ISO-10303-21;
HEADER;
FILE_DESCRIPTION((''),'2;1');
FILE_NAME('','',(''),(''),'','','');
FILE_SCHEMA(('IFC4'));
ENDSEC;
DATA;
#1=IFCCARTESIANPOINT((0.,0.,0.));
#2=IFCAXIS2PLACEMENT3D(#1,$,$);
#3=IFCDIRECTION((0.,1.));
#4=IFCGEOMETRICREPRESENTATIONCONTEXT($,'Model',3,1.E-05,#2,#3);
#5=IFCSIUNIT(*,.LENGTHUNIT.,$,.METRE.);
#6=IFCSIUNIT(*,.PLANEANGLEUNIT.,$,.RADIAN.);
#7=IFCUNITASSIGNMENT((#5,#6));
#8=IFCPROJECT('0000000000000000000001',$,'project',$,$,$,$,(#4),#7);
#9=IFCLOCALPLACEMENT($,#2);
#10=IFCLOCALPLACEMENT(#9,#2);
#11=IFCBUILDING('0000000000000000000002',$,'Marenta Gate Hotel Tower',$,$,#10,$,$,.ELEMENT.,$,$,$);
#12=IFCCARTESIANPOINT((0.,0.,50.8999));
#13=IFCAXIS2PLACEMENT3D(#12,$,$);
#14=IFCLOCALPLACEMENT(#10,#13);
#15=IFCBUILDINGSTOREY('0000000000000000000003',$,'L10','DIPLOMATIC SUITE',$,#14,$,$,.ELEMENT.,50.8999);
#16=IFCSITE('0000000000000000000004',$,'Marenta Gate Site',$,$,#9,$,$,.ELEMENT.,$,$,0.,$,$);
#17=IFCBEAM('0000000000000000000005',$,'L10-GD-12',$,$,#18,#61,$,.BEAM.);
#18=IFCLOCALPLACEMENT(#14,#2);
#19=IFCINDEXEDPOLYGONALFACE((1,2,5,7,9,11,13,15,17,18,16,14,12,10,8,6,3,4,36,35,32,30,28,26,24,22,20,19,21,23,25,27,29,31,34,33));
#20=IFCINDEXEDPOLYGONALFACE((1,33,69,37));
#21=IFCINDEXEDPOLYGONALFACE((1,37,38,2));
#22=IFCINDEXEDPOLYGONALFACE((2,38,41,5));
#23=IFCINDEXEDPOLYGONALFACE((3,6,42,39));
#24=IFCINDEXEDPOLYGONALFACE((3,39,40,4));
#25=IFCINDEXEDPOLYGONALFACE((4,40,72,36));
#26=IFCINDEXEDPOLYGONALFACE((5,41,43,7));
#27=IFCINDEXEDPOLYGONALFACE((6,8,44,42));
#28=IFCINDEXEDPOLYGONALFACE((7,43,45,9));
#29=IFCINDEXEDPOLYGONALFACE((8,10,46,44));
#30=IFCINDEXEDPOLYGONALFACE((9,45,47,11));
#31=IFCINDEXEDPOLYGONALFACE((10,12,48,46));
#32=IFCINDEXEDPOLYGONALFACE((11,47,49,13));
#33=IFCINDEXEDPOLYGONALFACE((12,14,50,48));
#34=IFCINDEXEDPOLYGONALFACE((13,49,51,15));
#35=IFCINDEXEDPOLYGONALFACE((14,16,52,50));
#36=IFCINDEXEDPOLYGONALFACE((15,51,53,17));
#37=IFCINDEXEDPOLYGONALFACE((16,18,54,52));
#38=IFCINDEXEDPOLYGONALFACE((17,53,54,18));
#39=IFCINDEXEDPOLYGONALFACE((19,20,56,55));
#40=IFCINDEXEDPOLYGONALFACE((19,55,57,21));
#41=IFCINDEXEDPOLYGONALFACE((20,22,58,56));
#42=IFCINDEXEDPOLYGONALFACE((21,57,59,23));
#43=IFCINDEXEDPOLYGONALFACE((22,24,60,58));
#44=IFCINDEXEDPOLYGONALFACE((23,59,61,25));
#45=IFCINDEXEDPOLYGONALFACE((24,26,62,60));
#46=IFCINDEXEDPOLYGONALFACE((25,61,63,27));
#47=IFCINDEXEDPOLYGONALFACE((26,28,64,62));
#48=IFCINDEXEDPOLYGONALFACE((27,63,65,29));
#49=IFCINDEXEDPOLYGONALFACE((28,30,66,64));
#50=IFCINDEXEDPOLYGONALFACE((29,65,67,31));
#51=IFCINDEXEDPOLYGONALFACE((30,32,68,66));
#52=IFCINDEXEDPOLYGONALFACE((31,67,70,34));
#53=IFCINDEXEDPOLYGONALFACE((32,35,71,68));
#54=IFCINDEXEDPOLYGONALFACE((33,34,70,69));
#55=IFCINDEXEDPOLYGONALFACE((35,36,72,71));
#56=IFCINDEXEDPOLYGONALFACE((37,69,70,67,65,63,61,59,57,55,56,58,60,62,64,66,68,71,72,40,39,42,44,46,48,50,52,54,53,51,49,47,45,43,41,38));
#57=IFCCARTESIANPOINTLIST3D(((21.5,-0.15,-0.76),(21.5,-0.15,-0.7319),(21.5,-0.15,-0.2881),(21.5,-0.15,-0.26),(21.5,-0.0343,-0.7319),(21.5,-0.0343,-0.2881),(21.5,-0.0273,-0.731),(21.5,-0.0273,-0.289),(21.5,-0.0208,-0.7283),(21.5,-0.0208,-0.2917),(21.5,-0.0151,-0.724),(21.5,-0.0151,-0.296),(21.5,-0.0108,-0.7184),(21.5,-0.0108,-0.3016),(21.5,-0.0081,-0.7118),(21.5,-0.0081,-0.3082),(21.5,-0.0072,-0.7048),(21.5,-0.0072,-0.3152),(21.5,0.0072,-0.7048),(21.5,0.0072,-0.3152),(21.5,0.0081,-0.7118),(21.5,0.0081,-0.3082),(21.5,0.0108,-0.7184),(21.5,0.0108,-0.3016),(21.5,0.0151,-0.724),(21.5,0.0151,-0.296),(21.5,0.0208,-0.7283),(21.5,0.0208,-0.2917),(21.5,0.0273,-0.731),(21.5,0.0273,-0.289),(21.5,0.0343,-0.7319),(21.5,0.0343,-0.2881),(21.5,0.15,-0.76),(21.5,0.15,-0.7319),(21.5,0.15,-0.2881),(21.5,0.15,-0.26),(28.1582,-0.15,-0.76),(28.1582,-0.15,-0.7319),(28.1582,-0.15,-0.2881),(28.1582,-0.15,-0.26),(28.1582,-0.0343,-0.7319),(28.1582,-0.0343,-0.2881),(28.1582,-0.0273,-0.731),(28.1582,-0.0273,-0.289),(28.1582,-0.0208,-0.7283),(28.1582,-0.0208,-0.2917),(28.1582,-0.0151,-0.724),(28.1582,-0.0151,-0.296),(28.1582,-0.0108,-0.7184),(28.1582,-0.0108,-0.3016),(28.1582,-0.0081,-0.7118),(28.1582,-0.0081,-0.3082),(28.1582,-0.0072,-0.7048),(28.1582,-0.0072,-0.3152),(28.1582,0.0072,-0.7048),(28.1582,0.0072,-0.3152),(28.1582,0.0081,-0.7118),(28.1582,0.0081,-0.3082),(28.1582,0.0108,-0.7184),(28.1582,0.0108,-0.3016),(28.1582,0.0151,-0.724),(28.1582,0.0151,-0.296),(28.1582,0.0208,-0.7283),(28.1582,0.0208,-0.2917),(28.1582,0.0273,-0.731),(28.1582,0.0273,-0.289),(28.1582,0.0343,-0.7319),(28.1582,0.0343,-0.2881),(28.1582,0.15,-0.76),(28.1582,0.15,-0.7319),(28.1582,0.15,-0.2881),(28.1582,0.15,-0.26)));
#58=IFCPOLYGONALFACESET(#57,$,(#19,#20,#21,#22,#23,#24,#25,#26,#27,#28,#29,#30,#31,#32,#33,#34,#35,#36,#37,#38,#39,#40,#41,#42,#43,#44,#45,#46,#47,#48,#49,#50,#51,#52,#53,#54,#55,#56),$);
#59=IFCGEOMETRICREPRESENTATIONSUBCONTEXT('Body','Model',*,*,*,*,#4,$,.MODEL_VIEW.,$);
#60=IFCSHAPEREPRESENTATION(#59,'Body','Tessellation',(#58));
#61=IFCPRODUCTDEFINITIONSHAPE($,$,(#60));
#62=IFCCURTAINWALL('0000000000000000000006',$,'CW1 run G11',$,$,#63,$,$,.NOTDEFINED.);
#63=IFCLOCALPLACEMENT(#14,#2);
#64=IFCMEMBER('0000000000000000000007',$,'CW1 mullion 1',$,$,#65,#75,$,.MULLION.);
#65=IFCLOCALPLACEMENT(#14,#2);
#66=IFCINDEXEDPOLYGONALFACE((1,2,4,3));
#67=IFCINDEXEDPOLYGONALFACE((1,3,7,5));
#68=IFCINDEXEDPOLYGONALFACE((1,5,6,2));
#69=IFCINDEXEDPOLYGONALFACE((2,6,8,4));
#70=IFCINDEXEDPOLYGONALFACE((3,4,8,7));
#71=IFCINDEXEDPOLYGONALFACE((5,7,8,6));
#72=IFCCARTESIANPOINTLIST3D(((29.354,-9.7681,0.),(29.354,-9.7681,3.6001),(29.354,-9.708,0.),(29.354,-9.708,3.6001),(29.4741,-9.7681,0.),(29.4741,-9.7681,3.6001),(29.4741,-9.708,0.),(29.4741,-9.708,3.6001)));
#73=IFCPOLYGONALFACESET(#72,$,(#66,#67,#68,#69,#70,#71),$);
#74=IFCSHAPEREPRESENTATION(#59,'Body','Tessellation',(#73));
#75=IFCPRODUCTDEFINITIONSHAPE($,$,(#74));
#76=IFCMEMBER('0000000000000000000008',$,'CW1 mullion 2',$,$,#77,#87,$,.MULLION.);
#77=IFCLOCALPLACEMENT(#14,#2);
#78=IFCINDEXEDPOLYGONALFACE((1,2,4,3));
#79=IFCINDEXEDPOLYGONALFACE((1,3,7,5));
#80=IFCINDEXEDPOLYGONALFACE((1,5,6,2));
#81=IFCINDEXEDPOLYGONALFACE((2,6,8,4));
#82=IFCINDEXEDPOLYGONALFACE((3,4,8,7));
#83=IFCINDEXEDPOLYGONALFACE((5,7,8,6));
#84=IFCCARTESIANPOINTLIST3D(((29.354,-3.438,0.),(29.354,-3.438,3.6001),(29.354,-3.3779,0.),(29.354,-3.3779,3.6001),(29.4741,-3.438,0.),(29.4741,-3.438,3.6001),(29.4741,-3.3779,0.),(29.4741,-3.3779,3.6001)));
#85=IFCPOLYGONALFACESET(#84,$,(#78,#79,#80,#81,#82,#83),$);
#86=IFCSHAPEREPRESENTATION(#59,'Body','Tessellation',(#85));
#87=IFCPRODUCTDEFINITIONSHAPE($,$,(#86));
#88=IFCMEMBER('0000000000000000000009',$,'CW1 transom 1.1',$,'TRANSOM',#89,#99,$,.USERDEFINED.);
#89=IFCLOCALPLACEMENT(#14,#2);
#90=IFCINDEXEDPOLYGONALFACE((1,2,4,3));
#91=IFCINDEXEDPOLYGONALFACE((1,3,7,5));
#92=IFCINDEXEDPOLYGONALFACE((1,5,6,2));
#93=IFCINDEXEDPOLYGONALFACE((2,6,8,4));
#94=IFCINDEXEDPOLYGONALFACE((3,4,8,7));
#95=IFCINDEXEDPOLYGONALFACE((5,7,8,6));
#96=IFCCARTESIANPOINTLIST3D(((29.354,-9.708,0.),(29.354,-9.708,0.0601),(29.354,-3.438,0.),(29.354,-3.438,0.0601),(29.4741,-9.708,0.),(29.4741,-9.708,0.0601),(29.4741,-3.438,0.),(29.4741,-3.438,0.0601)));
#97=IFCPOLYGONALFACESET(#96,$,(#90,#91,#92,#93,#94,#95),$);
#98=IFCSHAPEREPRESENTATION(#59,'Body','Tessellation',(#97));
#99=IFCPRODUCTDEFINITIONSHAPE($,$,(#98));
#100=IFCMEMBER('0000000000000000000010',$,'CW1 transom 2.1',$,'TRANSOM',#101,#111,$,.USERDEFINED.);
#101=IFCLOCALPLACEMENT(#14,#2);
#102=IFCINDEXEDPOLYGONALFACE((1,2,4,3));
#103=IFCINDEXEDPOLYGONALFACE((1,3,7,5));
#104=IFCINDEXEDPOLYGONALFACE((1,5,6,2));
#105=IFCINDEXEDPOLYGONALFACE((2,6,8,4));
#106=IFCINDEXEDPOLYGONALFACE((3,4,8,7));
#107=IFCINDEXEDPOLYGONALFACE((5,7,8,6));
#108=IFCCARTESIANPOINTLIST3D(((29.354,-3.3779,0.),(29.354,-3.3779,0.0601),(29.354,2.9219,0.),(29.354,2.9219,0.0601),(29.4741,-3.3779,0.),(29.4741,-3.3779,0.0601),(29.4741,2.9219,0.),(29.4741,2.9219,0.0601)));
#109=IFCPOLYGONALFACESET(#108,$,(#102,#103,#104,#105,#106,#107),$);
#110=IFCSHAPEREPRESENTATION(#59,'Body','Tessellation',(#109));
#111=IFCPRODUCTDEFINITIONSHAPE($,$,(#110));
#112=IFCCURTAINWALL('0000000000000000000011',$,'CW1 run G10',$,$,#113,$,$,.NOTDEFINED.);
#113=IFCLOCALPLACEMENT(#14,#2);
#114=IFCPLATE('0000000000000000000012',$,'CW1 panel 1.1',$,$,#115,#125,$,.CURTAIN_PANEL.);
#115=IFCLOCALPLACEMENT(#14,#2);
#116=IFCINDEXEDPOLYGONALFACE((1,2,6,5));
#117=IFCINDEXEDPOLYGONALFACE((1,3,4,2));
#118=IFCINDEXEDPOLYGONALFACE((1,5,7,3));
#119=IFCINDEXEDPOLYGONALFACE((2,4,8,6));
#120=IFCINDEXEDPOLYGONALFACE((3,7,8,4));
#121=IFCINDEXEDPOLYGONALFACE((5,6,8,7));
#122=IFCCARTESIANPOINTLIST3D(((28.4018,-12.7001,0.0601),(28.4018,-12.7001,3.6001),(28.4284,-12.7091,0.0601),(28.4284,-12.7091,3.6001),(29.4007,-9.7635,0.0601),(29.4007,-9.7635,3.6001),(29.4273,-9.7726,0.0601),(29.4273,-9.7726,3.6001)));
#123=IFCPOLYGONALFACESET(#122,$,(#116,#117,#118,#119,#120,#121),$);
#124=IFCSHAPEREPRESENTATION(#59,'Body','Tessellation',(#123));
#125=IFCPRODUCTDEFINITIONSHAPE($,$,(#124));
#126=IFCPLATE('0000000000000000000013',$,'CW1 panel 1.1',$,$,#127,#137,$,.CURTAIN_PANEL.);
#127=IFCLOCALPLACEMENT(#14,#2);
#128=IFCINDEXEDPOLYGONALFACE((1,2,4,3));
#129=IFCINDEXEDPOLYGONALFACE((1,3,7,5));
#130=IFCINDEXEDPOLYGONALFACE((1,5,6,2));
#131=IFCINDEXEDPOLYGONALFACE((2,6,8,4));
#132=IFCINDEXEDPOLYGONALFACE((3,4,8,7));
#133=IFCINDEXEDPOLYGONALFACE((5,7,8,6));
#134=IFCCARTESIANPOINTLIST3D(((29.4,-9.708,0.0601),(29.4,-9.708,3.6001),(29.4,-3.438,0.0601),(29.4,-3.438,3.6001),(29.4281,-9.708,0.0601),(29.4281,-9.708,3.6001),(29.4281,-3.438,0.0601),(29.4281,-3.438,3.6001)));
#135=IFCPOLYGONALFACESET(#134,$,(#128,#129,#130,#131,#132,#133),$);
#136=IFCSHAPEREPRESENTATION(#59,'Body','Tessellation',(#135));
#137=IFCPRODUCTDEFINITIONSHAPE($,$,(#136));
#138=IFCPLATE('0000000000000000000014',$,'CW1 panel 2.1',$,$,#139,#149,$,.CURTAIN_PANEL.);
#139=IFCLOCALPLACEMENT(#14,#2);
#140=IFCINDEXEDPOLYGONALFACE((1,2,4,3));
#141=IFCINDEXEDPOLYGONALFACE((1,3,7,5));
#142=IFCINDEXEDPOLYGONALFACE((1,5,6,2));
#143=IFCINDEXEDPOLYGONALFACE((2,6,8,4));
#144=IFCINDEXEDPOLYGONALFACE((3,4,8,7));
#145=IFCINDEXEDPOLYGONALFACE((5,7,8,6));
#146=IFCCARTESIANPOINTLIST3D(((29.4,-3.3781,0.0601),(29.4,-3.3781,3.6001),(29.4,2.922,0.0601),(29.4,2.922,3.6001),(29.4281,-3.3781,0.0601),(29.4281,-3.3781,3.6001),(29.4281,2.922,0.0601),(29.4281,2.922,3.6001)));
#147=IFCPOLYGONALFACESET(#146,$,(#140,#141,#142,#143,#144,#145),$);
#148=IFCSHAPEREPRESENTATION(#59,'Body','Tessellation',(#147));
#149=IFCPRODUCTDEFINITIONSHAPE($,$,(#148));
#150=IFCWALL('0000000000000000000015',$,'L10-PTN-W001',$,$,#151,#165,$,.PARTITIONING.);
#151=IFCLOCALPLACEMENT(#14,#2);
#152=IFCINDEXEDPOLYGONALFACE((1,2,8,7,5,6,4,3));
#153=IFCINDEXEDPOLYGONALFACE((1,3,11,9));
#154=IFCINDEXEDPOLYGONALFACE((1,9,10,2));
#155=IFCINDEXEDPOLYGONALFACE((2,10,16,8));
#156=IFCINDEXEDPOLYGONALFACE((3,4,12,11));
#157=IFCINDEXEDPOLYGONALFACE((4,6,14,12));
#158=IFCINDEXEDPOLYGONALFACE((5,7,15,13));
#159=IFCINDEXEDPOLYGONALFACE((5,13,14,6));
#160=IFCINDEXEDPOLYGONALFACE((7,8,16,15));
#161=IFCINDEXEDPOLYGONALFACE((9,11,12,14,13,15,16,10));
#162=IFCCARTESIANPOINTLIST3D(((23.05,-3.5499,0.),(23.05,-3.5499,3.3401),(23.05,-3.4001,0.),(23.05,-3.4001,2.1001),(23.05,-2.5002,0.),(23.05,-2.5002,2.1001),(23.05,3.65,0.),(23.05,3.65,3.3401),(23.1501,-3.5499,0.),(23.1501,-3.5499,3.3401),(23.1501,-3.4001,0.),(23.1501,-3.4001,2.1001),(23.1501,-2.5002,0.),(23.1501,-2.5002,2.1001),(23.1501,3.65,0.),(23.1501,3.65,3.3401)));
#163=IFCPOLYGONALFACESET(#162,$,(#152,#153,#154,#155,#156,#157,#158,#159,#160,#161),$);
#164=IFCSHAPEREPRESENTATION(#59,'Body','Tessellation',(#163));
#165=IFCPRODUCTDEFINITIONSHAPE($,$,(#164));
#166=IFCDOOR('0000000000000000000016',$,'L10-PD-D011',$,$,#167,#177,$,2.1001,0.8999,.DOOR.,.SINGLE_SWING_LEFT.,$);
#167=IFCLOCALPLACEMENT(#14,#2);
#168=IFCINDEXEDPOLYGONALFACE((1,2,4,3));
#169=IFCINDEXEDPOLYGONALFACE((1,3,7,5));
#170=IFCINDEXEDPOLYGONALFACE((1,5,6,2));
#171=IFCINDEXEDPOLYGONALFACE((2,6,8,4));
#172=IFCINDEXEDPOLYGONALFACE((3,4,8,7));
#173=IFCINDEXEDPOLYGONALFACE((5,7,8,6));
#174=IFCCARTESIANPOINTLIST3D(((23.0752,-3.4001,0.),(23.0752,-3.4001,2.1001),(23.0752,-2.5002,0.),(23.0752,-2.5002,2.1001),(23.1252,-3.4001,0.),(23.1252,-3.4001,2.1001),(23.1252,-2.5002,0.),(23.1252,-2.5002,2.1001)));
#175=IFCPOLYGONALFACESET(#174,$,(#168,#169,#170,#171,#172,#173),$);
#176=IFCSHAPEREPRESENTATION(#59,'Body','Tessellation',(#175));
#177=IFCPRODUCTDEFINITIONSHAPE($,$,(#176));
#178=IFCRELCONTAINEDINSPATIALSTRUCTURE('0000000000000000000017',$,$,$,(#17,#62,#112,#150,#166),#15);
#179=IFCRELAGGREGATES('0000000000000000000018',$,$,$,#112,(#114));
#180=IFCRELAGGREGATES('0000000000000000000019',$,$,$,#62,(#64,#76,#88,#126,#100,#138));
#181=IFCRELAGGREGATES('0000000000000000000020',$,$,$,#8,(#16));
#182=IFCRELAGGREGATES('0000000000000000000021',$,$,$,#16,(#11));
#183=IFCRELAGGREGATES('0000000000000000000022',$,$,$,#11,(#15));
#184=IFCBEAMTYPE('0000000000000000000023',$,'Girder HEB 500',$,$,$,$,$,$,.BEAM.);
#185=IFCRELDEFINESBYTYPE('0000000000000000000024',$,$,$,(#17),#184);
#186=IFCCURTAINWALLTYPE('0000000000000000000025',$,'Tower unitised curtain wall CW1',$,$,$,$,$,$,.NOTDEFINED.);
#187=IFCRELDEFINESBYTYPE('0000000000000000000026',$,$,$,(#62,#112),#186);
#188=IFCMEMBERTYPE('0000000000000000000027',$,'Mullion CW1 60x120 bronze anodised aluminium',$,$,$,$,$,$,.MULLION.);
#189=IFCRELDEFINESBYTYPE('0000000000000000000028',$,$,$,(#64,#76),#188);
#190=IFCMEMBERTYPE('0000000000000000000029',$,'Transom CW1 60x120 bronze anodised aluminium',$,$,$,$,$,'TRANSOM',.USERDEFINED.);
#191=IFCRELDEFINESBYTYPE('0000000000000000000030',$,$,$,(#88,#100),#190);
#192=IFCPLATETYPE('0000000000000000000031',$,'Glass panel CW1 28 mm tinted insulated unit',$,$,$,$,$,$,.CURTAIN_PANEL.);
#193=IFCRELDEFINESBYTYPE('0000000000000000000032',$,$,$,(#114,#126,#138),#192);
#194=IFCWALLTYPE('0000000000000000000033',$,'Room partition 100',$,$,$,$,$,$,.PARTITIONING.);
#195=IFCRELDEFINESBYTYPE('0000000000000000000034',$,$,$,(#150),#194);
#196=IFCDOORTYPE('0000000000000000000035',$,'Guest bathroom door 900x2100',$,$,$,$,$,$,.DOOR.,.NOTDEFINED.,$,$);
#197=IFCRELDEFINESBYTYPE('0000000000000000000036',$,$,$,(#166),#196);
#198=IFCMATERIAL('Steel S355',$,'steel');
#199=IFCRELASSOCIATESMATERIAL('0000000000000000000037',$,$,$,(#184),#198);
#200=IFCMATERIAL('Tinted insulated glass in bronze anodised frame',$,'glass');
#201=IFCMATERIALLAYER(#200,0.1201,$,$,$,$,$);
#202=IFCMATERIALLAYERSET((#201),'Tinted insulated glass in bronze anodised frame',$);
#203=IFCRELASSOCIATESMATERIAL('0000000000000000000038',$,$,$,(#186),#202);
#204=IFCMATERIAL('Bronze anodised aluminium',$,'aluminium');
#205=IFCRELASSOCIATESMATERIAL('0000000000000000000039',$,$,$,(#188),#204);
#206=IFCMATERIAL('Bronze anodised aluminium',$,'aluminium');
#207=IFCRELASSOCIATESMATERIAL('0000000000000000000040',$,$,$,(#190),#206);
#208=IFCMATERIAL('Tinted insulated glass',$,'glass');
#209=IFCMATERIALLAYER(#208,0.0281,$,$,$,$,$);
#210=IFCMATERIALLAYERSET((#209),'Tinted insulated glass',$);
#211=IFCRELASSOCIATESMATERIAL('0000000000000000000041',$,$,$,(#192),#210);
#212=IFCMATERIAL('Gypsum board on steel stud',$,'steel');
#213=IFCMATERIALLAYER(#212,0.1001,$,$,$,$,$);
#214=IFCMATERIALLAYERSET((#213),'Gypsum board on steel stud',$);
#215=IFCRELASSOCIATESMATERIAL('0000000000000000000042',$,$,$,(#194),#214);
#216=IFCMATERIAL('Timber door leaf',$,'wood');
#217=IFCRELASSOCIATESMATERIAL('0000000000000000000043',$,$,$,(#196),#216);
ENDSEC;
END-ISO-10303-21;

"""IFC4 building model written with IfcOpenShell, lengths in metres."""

from ifc_helpers import new_model, si_unit, direction, frame, frame_2d, origin, origin_2d, place, context, subcontext, project, spatial, rectangle, i_section, extrude, material, layer, layer_set, material_profile, profile_set, type_object, element, fill, aggregate, save


model = new_model("IFC4")

# Units and contexts
model_context = context("Model", 3, precision=1e-05, world=origin(), true_north=direction((0.0, 1.0)))
body_context = subcontext(model_context, "Body", "Model", "MODEL_VIEW")
ifc_project = project(units=[si_unit("LENGTHUNIT", "METRE"), si_unit("PLANEANGLEUNIT", "RADIAN")], contexts=[model_context])

# Site, building, storey
site_placement = place(None, origin())
site = spatial("IfcSite", under=ifc_project, at=site_placement, Name="Marenta Gate Site", CompositionType="ELEMENT", RefElevation=0.0)
building_placement = place(site_placement, origin())
building = spatial("IfcBuilding", under=site, at=building_placement, Name="Marenta Gate Hotel Tower", CompositionType="ELEMENT")
storey_placement = place(building_placement, frame((0.0, 0.0, 50.8999)))
storey = spatial("IfcBuildingStorey", under=building, at=storey_placement, Name="L10", Description="DIPLOMATIC SUITE", CompositionType="ELEMENT", Elevation=50.8999)

# Beam
ifc_material_1 = material(Name="Steel S355", Category="steel")
ifc_material_profile_1 = material_profile(ifc_material_1, i_section(OverallWidth=0.3, OverallDepth=0.5, WebThickness=0.0144, FlangeThickness=0.0281, FilletRadius=0.0271, at=origin_2d()), Name="HEB 500")
ifc_profile_set_1 = profile_set([ifc_material_profile_1], Name="Steel S355")
beam_type_1 = type_object("IfcBeamType", Name="Girder HEB 500", PredefinedType="BEAM", material=ifc_profile_set_1)
beam_1_placement = place(storey_placement, frame((21.5, 0.0, -0.51), z_axis=(1.0, 0.0, 0.0), x_axis=(0.0, 1.0, 0.0)))
element("IfcBeam", 1, at=beam_1_placement, inside=storey, type_object=beam_type_1, Name="L10-GD-12", PredefinedType="BEAM", context=body_context, shape_type="SweptSolid", body=[
    extrude(i_section(OverallWidth=0.3, OverallDepth=0.5, WebThickness=0.0144, FlangeThickness=0.0281, FilletRadius=0.0271, at=origin_2d()), origin(), (0.0, 0.0, 1.0), 6.6582),
])

# Curtain wall, members
ifc_material_2 = material(Name="Tinted insulated glass in bronze anodised frame", Category="glass")
ifc_layer_1 = layer(ifc_material_2, 0.1201)
ifc_layer_set_1 = layer_set([ifc_layer_1], Name="Tinted insulated glass in bronze anodised frame")
curtain_wall_type = type_object("IfcCurtainWallType", Name="Tower unitised curtain wall CW1", PredefinedType="NOTDEFINED", material=ifc_layer_set_1)
curtain_wall_1_placement = place(storey_placement, origin())
curtain_wall_1 = element("IfcCurtainWall", 2, at=curtain_wall_1_placement, inside=storey, type_object=curtain_wall_type, Name="CW1 run G11", PredefinedType="NOTDEFINED")
ifc_material_3 = material(Name="Bronze anodised aluminium", Category="aluminium")
ifc_material_profile_2 = material_profile(ifc_material_3, rectangle(XDim=0.1201, YDim=0.0601, at=origin_2d()), Name="Mullion CW1 60x120 bronze anodised aluminium")
ifc_profile_set_2 = profile_set([ifc_material_profile_2], Name="Bronze anodised aluminium")
member_type_1 = type_object("IfcMemberType", Name="Mullion CW1 60x120 bronze anodised aluminium", PredefinedType="MULLION", material=ifc_profile_set_2)
member_1_placement = place(storey_placement, frame((29.4141, -9.738, 0.0), z_axis=(0.0, 0.0, 1.0), x_axis=(-1.0, 0.0, 0.0)))
member_1 = element("IfcMember", 3, at=member_1_placement, type_object=member_type_1, Name="CW1 mullion 1", PredefinedType="MULLION", context=body_context, shape_type="SweptSolid", body=[
    extrude(rectangle(XDim=0.1201, YDim=0.0601, at=origin_2d()), origin(), (0.0, 0.0, 1.0), 3.6001),
])
member_2_placement = place(storey_placement, frame((29.4141, -3.408, 0.0), z_axis=(0.0, 0.0, 1.0), x_axis=(-1.0, 0.0, 0.0)))
member_2 = element("IfcMember", 4, at=member_2_placement, type_object=member_type_1, Name="CW1 mullion 2", PredefinedType="MULLION", context=body_context, shape_type="SweptSolid", body=[
    extrude(rectangle(XDim=0.1201, YDim=0.0601, at=origin_2d()), origin(), (0.0, 0.0, 1.0), 3.6001),
])
ifc_material_4 = material(Name="Bronze anodised aluminium", Category="aluminium")
ifc_material_profile_3 = material_profile(ifc_material_4, rectangle(XDim=0.1201, YDim=0.0601, at=origin_2d()), Name="Transom CW1 60x120 bronze anodised aluminium")
ifc_profile_set_3 = profile_set([ifc_material_profile_3], Name="Bronze anodised aluminium")
member_type_2 = type_object("IfcMemberType", Name="Transom CW1 60x120 bronze anodised aluminium", ElementType="TRANSOM", PredefinedType="USERDEFINED", material=ifc_profile_set_3)
member_3_placement = place(storey_placement, frame((29.4141, -9.708, 0.03), z_axis=(0.0, 1.0, 0.0), x_axis=(-1.0, 0.0, 0.0)))
member_3 = element("IfcMember", 5, at=member_3_placement, type_object=member_type_2, Name="CW1 transom 1.1", ObjectType="TRANSOM", PredefinedType="USERDEFINED", context=body_context, shape_type="SweptSolid", body=[
    extrude(rectangle(XDim=0.1201, YDim=0.0601, at=origin_2d()), origin(), (0.0, 0.0, 1.0), 6.27),
])
member_4_placement = place(storey_placement, frame((29.4141, -3.3779, 0.03), z_axis=(0.0, 1.0, 0.0), x_axis=(-1.0, 0.0, 0.0)))
member_4 = element("IfcMember", 6, at=member_4_placement, type_object=member_type_2, Name="CW1 transom 2.1", ObjectType="TRANSOM", PredefinedType="USERDEFINED", context=body_context, shape_type="SweptSolid", body=[
    extrude(rectangle(XDim=0.1201, YDim=0.0601, at=origin_2d()), origin(), (0.0, 0.0, 1.0), 6.2998),
])

# Curtain wall, plate
curtain_wall_2_placement = place(storey_placement, origin())
curtain_wall_2 = element("IfcCurtainWall", 7, at=curtain_wall_2_placement, inside=storey, type_object=curtain_wall_type, Name="CW1 run G10", PredefinedType="NOTDEFINED")
ifc_material_5 = material(Name="Tinted insulated glass", Category="glass")
ifc_layer_2 = layer(ifc_material_5, 0.0281)
ifc_layer_set_2 = layer_set([ifc_layer_2], Name="Tinted insulated glass")
plate_type = type_object("IfcPlateType", Name="Glass panel CW1 28 mm tinted insulated unit", PredefinedType="CURTAIN_PANEL", material=ifc_layer_set_2)
plate_1_placement = place(storey_placement, frame((28.9146, -11.2363, 0.0601), z_axis=(0.0, 0.0, 1.0), x_axis=(0.322029, 0.94673, 0.0)))
plate_1 = element("IfcPlate", 8, at=plate_1_placement, type_object=plate_type, Name="CW1 panel 1.1", PredefinedType="CURTAIN_PANEL", context=body_context, shape_type="SweptSolid", body=[
    extrude(rectangle(XDim=3.1018, YDim=0.0281, at=origin_2d()), origin(), (0.0, 0.0, 1.0), 3.54),
])
aggregate(curtain_wall_2, [plate_1])

# Plates
plate_2_placement = place(storey_placement, frame((29.4141, -6.573, 0.0601), z_axis=(0.0, 0.0, 1.0), x_axis=(0.0, 1.0, 0.0)))
plate_2 = element("IfcPlate", 9, at=plate_2_placement, type_object=plate_type, Name="CW1 panel 1.1", PredefinedType="CURTAIN_PANEL", context=body_context, shape_type="SweptSolid", body=[
    extrude(rectangle(XDim=6.27, YDim=0.0281, at=origin_2d()), origin(), (0.0, 0.0, 1.0), 3.54),
])
plate_3_placement = place(storey_placement, frame((29.4141, -0.228, 0.0601), z_axis=(0.0, 0.0, 1.0), x_axis=(0.0, 1.0, 0.0)))
plate_3 = element("IfcPlate", 10, at=plate_3_placement, type_object=plate_type, Name="CW1 panel 2.1", PredefinedType="CURTAIN_PANEL", context=body_context, shape_type="SweptSolid", body=[
    extrude(rectangle(XDim=6.3, YDim=0.0281, at=origin_2d()), origin(), (0.0, 0.0, 1.0), 3.54),
])
aggregate(curtain_wall_1, [member_1, member_2, member_3, plate_2, member_4, plate_3])

# Wall, opening, door
ifc_material_6 = material(Name="Gypsum board on steel stud", Category="steel")
ifc_layer_3 = layer(ifc_material_6, 0.1001)
ifc_layer_set_3 = layer_set([ifc_layer_3], Name="Gypsum board on steel stud")
wall_type = type_object("IfcWallType", Name="Room partition 100", PredefinedType="PARTITIONING", material=ifc_layer_set_3)
wall_1_placement = place(storey_placement, frame((23.1001, -3.55, 0.0), z_axis=(0.0, 0.0, 1.0), x_axis=(0.0, 1.0, 0.0)))
wall_1 = element("IfcWall", 11, at=wall_1_placement, inside=storey, type_object=wall_type, Name="L10-PTN-W001", PredefinedType="PARTITIONING", context=body_context, shape_type="SweptSolid", body=[
    extrude(rectangle(XDim=7.2, YDim=0.1001, at=frame_2d((3.6001, 0.0))), origin(), (0.0, 0.0, 1.0), 3.3401),
])
opening_placement = place(wall_1_placement, frame((0.1499, 0.0, 0.0)))
opening = element("IfcOpeningElement", 12, at=opening_placement, cuts=wall_1, PredefinedType="OPENING", context=body_context, shape_type="SweptSolid", body=[
    extrude(rectangle(XDim=0.8999, YDim=2.1001, at=frame_2d((0.45, 1.05))), frame((0.0, 0.05, 0.0), z_axis=(0.0, -1.0, 0.0), x_axis=(1.0, 0.0, 0.0)), (0.0, 0.0, 1.0), 0.1001),
])
ifc_material_7 = material(Name="Timber door leaf", Category="wood")
door_type = type_object("IfcDoorType", Name="Guest bathroom door 900x2100", OperationType="NOTDEFINED", PredefinedType="DOOR", material=ifc_material_7)
door_placement = place(opening_placement, origin())
door = element("IfcDoor", 13, at=door_placement, inside=storey, type_object=door_type, Name="L10-PD-D011", OperationType="SINGLE_SWING_LEFT", OverallHeight=2.1001, OverallWidth=0.8999, PredefinedType="DOOR", context=body_context, shape_type="SweptSolid", body=[
    extrude(rectangle(XDim=0.8999, YDim=2.1001, at=frame_2d((0.45, 1.05))), frame((0.0, 0.0249, 0.0), z_axis=(0.0, -1.0, 0.0), x_axis=(1.0, 0.0, 0.0)), (0.0, 0.0, 1.0), 0.05),
])
fill(opening, door)

save(model, "model.ifc")
